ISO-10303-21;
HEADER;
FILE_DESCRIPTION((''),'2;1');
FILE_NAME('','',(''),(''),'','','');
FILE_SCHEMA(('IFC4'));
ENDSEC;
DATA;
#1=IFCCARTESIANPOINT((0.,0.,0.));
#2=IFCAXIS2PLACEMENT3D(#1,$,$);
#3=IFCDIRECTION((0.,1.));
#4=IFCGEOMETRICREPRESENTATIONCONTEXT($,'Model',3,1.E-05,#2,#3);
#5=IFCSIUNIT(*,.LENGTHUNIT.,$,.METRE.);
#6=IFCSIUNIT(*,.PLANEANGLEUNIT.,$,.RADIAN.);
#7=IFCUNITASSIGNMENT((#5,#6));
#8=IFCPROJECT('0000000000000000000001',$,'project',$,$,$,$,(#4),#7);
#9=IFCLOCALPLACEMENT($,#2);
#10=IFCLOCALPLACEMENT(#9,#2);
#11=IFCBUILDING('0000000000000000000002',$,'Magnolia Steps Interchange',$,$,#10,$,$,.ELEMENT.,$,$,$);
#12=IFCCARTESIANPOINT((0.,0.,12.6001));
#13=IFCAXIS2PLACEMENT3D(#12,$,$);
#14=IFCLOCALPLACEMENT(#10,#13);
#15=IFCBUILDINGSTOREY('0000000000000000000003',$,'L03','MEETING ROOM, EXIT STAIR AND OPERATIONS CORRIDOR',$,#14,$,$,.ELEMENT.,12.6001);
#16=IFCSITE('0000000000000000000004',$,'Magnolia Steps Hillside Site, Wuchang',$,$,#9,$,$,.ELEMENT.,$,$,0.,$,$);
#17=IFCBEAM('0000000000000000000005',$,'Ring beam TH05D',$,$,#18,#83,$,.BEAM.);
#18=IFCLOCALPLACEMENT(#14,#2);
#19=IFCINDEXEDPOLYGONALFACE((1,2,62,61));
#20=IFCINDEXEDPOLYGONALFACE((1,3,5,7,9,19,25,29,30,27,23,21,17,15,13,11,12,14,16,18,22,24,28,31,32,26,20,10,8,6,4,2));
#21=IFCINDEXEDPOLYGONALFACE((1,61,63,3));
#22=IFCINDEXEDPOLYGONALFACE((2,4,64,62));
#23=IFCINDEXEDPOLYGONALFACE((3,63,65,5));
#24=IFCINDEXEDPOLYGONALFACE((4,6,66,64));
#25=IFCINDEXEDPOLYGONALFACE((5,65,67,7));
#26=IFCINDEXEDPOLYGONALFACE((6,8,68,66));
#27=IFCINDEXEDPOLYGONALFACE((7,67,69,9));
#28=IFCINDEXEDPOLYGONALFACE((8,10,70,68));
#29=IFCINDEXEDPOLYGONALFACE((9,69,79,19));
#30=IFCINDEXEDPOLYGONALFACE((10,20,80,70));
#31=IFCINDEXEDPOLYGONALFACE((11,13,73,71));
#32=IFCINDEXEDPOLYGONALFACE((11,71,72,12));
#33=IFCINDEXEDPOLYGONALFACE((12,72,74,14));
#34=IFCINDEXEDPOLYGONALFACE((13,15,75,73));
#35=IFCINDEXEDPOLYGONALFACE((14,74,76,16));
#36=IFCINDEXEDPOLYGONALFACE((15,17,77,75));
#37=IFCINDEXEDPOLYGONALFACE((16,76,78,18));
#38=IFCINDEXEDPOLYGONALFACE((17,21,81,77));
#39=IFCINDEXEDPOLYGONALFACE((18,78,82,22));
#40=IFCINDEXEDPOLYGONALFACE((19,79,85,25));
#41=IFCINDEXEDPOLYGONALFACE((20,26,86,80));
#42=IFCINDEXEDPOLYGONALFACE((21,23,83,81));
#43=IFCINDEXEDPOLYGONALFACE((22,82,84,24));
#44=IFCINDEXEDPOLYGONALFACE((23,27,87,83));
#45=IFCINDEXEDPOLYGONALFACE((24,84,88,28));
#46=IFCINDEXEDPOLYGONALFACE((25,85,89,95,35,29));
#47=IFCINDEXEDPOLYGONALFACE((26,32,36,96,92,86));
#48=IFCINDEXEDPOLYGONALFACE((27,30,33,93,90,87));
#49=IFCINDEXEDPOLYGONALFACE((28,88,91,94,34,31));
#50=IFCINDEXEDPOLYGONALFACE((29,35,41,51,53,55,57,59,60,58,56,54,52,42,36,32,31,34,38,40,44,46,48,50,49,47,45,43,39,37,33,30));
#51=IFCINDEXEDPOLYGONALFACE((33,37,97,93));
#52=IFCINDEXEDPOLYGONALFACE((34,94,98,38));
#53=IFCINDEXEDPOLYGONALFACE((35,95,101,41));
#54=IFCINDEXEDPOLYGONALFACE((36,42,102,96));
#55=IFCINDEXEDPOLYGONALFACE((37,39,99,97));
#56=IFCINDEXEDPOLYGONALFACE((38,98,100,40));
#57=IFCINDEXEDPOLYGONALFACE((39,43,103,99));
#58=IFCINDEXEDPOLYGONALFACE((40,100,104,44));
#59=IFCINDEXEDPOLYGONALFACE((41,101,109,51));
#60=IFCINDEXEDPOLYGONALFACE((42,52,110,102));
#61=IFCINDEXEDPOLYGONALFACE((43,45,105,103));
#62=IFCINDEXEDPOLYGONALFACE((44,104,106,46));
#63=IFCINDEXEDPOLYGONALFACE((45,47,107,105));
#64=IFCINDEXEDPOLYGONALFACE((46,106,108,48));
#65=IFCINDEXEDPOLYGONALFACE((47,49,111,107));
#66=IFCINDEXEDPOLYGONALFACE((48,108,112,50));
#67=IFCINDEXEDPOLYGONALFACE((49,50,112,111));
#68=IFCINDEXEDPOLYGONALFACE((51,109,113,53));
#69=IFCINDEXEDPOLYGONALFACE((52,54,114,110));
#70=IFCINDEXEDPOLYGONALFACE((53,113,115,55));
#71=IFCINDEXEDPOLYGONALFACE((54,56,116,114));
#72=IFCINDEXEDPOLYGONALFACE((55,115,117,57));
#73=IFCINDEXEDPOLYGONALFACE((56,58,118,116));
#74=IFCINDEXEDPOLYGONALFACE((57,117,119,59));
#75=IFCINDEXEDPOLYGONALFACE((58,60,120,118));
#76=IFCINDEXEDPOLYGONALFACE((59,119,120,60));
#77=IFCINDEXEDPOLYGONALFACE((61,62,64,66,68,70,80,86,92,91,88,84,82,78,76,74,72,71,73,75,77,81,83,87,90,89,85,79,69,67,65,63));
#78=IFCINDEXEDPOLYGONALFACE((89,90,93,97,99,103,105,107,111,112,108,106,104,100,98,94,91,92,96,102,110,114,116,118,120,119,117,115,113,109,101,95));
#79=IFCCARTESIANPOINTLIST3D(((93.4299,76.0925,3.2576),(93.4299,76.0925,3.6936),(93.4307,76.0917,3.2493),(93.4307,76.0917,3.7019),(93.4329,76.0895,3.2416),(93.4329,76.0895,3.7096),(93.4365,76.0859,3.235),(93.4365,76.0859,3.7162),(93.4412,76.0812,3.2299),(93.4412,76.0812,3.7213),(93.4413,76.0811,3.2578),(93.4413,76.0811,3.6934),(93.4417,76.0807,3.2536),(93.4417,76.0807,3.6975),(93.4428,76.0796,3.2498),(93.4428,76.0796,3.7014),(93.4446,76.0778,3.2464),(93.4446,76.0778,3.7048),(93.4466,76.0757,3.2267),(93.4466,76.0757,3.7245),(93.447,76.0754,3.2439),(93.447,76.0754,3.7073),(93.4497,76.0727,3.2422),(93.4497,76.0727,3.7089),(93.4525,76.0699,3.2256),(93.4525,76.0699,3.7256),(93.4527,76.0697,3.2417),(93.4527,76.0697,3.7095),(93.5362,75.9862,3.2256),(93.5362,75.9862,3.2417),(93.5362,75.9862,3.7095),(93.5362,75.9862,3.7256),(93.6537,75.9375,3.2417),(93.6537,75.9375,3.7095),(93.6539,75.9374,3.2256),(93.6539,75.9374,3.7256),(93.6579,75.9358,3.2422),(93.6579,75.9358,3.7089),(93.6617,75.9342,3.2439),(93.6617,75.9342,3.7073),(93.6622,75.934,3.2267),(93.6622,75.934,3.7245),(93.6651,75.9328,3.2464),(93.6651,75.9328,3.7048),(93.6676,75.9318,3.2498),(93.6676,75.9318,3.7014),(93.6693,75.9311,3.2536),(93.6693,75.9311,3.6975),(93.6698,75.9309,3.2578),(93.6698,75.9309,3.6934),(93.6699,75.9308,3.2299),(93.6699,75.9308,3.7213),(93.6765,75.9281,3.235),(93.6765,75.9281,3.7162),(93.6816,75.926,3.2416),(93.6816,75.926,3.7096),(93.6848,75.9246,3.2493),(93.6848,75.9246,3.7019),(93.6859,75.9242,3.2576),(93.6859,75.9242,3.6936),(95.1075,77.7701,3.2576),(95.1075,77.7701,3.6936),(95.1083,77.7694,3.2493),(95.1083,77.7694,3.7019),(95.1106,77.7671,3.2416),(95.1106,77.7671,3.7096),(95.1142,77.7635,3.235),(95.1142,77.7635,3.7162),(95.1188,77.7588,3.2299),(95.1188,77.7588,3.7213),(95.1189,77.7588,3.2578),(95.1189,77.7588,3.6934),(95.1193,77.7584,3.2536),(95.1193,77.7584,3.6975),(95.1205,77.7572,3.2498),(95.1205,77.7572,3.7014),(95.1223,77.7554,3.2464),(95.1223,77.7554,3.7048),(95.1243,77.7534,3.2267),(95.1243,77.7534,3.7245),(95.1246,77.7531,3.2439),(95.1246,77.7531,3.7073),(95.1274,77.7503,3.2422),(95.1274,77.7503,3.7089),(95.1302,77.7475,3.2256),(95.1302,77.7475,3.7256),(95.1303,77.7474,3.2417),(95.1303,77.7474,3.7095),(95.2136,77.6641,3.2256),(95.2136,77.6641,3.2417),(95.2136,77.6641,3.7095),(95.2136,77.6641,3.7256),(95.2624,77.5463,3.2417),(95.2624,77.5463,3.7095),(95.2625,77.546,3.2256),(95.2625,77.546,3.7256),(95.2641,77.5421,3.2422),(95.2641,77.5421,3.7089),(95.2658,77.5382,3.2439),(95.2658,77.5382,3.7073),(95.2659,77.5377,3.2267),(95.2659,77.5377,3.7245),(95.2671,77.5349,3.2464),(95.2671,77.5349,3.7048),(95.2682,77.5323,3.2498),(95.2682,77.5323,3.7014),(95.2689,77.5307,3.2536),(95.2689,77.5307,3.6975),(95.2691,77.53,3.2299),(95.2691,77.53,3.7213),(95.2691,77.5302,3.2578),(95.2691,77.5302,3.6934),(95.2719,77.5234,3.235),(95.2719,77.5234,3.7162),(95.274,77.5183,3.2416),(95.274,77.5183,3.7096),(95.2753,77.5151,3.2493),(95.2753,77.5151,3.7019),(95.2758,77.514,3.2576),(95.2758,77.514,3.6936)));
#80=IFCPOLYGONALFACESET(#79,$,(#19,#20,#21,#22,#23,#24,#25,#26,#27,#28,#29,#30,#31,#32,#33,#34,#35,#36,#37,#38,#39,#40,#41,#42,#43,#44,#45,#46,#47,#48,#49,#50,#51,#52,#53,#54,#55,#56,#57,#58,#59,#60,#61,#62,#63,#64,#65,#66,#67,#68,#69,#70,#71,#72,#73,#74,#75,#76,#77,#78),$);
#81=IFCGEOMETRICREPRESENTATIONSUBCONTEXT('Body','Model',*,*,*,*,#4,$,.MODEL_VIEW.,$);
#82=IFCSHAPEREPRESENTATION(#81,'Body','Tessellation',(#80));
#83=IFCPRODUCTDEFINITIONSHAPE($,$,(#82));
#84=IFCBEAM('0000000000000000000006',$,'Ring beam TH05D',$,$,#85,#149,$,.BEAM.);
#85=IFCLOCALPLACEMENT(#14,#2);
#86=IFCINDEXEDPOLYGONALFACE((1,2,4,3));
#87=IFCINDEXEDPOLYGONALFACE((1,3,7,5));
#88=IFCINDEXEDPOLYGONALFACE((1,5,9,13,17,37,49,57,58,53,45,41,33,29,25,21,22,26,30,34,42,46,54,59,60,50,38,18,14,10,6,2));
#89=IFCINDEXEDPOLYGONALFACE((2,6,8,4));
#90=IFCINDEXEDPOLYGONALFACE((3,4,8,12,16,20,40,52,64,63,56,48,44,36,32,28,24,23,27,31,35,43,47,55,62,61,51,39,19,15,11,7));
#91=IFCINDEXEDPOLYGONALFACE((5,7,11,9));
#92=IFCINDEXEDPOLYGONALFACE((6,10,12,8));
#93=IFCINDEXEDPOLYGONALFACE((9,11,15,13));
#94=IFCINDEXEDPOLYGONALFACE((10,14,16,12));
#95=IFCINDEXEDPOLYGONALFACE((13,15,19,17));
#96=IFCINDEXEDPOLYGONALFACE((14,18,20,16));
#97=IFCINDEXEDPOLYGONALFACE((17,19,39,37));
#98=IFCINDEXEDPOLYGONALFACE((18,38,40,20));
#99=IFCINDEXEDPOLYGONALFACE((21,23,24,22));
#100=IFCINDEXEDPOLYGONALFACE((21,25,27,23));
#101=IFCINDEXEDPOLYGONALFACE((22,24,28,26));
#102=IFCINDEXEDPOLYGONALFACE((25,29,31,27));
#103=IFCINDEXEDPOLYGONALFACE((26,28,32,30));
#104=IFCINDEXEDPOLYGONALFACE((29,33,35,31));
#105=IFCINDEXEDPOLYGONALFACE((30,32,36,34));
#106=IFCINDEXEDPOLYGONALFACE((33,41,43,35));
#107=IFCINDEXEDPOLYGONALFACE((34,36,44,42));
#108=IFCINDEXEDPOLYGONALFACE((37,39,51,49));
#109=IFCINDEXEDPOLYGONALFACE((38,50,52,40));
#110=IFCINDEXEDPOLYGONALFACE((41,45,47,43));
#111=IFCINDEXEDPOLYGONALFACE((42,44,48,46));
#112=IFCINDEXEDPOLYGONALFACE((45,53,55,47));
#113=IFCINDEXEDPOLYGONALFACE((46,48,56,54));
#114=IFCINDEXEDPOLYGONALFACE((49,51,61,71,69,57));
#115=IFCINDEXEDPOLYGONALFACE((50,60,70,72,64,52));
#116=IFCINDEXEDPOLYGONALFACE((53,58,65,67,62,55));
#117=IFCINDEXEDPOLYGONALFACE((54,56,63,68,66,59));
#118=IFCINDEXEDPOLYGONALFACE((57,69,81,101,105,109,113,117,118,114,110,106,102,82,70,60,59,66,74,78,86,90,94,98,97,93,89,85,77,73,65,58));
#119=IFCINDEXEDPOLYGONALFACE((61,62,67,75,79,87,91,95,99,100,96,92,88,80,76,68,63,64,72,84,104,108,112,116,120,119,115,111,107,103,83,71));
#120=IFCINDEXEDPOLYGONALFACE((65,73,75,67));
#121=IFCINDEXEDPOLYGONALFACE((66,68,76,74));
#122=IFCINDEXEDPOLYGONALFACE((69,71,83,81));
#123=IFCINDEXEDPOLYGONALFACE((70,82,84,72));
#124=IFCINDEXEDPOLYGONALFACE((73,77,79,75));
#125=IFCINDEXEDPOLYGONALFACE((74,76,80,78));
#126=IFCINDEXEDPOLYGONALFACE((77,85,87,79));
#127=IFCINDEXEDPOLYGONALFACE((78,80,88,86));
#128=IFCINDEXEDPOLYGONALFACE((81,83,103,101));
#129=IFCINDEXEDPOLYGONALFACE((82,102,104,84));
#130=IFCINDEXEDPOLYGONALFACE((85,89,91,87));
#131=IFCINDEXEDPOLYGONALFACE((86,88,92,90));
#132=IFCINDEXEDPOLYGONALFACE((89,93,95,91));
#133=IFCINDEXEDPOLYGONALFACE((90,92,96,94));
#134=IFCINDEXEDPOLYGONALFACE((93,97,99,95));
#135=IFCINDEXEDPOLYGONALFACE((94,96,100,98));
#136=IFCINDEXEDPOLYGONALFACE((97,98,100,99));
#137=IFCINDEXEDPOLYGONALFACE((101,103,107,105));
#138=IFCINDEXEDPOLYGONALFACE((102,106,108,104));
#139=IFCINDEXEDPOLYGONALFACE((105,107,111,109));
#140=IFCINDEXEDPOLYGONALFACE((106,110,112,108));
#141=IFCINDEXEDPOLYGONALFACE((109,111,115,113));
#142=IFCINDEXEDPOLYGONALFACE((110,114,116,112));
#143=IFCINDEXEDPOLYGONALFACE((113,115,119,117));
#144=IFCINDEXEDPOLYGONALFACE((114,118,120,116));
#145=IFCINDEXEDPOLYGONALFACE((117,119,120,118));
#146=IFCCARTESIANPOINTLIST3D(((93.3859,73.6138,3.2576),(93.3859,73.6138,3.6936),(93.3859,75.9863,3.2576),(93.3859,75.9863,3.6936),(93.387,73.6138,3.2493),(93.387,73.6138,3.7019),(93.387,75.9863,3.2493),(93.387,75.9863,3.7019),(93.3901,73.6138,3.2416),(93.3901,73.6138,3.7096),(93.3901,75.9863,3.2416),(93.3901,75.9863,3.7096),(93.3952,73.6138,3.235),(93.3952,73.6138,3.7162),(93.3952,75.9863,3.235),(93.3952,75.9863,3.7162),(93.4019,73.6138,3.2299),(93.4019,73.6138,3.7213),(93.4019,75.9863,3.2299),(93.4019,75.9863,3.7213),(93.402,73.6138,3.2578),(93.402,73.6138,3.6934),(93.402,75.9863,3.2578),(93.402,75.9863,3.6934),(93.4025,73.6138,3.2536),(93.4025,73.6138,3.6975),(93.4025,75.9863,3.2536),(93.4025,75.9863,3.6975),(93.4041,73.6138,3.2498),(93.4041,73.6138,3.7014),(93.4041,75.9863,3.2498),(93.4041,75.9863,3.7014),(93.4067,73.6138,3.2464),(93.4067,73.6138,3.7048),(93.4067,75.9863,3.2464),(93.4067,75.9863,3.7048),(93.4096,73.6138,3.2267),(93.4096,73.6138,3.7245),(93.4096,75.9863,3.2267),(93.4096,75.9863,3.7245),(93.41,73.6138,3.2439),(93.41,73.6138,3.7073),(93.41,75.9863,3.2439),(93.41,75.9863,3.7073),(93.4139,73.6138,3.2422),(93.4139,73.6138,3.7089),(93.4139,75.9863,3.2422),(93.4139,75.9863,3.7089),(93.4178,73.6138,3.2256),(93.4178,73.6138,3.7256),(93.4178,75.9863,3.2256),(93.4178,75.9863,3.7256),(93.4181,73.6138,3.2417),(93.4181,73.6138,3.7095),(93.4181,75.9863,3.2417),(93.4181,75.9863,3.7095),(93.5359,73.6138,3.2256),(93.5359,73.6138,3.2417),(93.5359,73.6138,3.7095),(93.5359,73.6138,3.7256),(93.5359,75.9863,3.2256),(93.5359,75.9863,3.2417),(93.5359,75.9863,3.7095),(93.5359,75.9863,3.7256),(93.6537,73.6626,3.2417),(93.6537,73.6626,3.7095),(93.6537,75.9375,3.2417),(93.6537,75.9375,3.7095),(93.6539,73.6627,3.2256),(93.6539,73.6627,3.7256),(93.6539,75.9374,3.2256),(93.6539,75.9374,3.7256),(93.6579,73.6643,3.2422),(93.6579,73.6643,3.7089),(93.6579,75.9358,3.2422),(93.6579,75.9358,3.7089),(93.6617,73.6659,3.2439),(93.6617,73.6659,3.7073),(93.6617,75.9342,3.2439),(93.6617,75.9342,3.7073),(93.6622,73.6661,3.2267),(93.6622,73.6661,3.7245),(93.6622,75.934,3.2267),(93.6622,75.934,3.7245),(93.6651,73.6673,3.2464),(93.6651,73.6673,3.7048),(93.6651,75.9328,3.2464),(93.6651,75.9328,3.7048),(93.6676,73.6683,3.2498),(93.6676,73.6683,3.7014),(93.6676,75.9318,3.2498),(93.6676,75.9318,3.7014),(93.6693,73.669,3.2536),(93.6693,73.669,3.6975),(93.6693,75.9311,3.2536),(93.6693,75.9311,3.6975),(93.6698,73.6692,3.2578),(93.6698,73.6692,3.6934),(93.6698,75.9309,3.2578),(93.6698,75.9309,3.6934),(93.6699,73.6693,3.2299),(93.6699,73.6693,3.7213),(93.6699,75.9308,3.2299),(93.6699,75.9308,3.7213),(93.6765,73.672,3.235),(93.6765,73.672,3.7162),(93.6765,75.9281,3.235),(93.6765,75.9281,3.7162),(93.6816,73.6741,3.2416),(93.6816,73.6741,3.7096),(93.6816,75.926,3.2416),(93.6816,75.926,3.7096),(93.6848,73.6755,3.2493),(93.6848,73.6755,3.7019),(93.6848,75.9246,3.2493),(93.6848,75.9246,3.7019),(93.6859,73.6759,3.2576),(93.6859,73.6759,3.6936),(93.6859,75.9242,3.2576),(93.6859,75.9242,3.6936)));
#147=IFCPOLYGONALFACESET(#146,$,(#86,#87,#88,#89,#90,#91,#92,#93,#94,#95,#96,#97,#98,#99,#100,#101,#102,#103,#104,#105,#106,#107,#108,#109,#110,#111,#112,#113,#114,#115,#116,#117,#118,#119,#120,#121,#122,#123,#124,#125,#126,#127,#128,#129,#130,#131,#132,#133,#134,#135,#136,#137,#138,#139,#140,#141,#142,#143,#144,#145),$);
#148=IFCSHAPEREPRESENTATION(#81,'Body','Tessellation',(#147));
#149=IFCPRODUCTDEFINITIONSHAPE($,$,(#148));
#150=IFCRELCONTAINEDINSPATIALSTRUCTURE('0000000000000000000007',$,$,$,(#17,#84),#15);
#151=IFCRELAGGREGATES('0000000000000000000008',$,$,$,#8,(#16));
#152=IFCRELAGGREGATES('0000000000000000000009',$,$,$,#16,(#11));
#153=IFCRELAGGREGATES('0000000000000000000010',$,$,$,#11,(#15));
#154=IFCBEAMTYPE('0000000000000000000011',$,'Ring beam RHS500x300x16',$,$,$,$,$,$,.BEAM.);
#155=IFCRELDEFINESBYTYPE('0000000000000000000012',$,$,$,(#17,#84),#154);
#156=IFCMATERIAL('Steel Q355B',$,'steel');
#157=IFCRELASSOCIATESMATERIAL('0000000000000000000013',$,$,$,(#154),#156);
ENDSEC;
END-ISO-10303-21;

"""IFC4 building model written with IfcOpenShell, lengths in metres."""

from ifc_helpers import new_model, si_unit, direction, frame, origin, origin_2d, place, context, subcontext, project, spatial, hollow_rectangle, extrude, clip, halfspace, material, material_profile, profile_set, type_object, element, save


model = new_model("IFC4")

# Units and contexts
model_context = context("Model", 3, precision=1e-05, world=origin(), true_north=direction((0.0, 1.0)))
body_context = subcontext(model_context, "Body", "Model", "MODEL_VIEW")
ifc_project = project(units=[si_unit("LENGTHUNIT", "METRE"), si_unit("PLANEANGLEUNIT", "RADIAN")], contexts=[model_context])

# Site, building, storey
site_placement = place(None, origin())
site = spatial("IfcSite", under=ifc_project, at=site_placement, Name="Magnolia Steps Hillside Site, Wuchang", CompositionType="ELEMENT", RefElevation=0.0)
building_placement = place(site_placement, origin())
building = spatial("IfcBuilding", under=site, at=building_placement, Name="Magnolia Steps Interchange", CompositionType="ELEMENT")
storey_placement = place(building_placement, frame((0.0, 0.0, 12.6001)))
storey = spatial("IfcBuildingStorey", under=building, at=storey_placement, Name="L03", Description="MEETING ROOM, EXIT STAIR AND OPERATIONS CORRIDOR", CompositionType="ELEMENT", Elevation=12.6001)

# Beams
ifc_material_1 = material(Name="Steel Q355B", Category="steel")
ifc_material_profile_1 = material_profile(ifc_material_1, hollow_rectangle(XDim=0.3, YDim=0.5, WallThickness=0.0161, InnerFilletRadius=0.0161, OuterFilletRadius=0.032, at=origin_2d()), Name="RHS500x300x16")
ifc_profile_set_1 = profile_set([ifc_material_profile_1], Name="Steel Q355B")
beam_type = type_object("IfcBeamType", Name="Ring beam RHS500x300x16", PredefinedType="BEAM", material=ifc_profile_set_1)
beam_1_placement = place(storey_placement, frame((95.2136, 77.6641, 3.4756), z_axis=(-0.707107, -0.707107, 0.0), x_axis=(0.707107, -0.707107, 0.0)))
element("IfcBeam", 1, at=beam_1_placement, inside=storey, type_object=beam_type, Name="Ring beam TH05D", PredefinedType="BEAM", context=body_context, shape_type="Clipping", body=[
    clip(clip(extrude(hollow_rectangle(XDim=0.3, YDim=0.5, WallThickness=0.0161, InnerFilletRadius=0.0161, OuterFilletRadius=0.032, at=origin_2d()), origin(), (0.0, 0.0, 1.0), 2.3726), halfspace(frame((0.0, 0.0, 0.0), z_axis=(0.382683, 0.0, -0.92388), x_axis=(0.92388, 0.0, 0.382683)), False)), halfspace(frame((0.0, 0.0, 2.3727), z_axis=(0.382683, 0.0, 0.92388), x_axis=(0.92388, 0.0, -0.382683)), False)),
])
beam_2_placement = place(storey_placement, frame((93.5359, 75.9863, 3.4756), z_axis=(0.0, -1.0, 0.0), x_axis=(1.0, 0.0, 0.0)))
element("IfcBeam", 2, at=beam_2_placement, inside=storey, type_object=beam_type, Name="Ring beam TH05D", PredefinedType="BEAM", context=body_context, shape_type="Clipping", body=[
    clip(clip(extrude(hollow_rectangle(XDim=0.3, YDim=0.5, WallThickness=0.0161, InnerFilletRadius=0.0161, OuterFilletRadius=0.032, at=origin_2d()), origin(), (0.0, 0.0, 1.0), 2.3726), halfspace(frame((0.0, 0.0, 0.0), z_axis=(0.382683, 0.0, -0.92388), x_axis=(0.92388, 0.0, 0.382683)), False)), halfspace(frame((0.0, 0.0, 2.3726), z_axis=(0.382683, 0.0, 0.92388), x_axis=(0.92388, 0.0, -0.382683)), False)),
])

save(model, "model.ifc")
